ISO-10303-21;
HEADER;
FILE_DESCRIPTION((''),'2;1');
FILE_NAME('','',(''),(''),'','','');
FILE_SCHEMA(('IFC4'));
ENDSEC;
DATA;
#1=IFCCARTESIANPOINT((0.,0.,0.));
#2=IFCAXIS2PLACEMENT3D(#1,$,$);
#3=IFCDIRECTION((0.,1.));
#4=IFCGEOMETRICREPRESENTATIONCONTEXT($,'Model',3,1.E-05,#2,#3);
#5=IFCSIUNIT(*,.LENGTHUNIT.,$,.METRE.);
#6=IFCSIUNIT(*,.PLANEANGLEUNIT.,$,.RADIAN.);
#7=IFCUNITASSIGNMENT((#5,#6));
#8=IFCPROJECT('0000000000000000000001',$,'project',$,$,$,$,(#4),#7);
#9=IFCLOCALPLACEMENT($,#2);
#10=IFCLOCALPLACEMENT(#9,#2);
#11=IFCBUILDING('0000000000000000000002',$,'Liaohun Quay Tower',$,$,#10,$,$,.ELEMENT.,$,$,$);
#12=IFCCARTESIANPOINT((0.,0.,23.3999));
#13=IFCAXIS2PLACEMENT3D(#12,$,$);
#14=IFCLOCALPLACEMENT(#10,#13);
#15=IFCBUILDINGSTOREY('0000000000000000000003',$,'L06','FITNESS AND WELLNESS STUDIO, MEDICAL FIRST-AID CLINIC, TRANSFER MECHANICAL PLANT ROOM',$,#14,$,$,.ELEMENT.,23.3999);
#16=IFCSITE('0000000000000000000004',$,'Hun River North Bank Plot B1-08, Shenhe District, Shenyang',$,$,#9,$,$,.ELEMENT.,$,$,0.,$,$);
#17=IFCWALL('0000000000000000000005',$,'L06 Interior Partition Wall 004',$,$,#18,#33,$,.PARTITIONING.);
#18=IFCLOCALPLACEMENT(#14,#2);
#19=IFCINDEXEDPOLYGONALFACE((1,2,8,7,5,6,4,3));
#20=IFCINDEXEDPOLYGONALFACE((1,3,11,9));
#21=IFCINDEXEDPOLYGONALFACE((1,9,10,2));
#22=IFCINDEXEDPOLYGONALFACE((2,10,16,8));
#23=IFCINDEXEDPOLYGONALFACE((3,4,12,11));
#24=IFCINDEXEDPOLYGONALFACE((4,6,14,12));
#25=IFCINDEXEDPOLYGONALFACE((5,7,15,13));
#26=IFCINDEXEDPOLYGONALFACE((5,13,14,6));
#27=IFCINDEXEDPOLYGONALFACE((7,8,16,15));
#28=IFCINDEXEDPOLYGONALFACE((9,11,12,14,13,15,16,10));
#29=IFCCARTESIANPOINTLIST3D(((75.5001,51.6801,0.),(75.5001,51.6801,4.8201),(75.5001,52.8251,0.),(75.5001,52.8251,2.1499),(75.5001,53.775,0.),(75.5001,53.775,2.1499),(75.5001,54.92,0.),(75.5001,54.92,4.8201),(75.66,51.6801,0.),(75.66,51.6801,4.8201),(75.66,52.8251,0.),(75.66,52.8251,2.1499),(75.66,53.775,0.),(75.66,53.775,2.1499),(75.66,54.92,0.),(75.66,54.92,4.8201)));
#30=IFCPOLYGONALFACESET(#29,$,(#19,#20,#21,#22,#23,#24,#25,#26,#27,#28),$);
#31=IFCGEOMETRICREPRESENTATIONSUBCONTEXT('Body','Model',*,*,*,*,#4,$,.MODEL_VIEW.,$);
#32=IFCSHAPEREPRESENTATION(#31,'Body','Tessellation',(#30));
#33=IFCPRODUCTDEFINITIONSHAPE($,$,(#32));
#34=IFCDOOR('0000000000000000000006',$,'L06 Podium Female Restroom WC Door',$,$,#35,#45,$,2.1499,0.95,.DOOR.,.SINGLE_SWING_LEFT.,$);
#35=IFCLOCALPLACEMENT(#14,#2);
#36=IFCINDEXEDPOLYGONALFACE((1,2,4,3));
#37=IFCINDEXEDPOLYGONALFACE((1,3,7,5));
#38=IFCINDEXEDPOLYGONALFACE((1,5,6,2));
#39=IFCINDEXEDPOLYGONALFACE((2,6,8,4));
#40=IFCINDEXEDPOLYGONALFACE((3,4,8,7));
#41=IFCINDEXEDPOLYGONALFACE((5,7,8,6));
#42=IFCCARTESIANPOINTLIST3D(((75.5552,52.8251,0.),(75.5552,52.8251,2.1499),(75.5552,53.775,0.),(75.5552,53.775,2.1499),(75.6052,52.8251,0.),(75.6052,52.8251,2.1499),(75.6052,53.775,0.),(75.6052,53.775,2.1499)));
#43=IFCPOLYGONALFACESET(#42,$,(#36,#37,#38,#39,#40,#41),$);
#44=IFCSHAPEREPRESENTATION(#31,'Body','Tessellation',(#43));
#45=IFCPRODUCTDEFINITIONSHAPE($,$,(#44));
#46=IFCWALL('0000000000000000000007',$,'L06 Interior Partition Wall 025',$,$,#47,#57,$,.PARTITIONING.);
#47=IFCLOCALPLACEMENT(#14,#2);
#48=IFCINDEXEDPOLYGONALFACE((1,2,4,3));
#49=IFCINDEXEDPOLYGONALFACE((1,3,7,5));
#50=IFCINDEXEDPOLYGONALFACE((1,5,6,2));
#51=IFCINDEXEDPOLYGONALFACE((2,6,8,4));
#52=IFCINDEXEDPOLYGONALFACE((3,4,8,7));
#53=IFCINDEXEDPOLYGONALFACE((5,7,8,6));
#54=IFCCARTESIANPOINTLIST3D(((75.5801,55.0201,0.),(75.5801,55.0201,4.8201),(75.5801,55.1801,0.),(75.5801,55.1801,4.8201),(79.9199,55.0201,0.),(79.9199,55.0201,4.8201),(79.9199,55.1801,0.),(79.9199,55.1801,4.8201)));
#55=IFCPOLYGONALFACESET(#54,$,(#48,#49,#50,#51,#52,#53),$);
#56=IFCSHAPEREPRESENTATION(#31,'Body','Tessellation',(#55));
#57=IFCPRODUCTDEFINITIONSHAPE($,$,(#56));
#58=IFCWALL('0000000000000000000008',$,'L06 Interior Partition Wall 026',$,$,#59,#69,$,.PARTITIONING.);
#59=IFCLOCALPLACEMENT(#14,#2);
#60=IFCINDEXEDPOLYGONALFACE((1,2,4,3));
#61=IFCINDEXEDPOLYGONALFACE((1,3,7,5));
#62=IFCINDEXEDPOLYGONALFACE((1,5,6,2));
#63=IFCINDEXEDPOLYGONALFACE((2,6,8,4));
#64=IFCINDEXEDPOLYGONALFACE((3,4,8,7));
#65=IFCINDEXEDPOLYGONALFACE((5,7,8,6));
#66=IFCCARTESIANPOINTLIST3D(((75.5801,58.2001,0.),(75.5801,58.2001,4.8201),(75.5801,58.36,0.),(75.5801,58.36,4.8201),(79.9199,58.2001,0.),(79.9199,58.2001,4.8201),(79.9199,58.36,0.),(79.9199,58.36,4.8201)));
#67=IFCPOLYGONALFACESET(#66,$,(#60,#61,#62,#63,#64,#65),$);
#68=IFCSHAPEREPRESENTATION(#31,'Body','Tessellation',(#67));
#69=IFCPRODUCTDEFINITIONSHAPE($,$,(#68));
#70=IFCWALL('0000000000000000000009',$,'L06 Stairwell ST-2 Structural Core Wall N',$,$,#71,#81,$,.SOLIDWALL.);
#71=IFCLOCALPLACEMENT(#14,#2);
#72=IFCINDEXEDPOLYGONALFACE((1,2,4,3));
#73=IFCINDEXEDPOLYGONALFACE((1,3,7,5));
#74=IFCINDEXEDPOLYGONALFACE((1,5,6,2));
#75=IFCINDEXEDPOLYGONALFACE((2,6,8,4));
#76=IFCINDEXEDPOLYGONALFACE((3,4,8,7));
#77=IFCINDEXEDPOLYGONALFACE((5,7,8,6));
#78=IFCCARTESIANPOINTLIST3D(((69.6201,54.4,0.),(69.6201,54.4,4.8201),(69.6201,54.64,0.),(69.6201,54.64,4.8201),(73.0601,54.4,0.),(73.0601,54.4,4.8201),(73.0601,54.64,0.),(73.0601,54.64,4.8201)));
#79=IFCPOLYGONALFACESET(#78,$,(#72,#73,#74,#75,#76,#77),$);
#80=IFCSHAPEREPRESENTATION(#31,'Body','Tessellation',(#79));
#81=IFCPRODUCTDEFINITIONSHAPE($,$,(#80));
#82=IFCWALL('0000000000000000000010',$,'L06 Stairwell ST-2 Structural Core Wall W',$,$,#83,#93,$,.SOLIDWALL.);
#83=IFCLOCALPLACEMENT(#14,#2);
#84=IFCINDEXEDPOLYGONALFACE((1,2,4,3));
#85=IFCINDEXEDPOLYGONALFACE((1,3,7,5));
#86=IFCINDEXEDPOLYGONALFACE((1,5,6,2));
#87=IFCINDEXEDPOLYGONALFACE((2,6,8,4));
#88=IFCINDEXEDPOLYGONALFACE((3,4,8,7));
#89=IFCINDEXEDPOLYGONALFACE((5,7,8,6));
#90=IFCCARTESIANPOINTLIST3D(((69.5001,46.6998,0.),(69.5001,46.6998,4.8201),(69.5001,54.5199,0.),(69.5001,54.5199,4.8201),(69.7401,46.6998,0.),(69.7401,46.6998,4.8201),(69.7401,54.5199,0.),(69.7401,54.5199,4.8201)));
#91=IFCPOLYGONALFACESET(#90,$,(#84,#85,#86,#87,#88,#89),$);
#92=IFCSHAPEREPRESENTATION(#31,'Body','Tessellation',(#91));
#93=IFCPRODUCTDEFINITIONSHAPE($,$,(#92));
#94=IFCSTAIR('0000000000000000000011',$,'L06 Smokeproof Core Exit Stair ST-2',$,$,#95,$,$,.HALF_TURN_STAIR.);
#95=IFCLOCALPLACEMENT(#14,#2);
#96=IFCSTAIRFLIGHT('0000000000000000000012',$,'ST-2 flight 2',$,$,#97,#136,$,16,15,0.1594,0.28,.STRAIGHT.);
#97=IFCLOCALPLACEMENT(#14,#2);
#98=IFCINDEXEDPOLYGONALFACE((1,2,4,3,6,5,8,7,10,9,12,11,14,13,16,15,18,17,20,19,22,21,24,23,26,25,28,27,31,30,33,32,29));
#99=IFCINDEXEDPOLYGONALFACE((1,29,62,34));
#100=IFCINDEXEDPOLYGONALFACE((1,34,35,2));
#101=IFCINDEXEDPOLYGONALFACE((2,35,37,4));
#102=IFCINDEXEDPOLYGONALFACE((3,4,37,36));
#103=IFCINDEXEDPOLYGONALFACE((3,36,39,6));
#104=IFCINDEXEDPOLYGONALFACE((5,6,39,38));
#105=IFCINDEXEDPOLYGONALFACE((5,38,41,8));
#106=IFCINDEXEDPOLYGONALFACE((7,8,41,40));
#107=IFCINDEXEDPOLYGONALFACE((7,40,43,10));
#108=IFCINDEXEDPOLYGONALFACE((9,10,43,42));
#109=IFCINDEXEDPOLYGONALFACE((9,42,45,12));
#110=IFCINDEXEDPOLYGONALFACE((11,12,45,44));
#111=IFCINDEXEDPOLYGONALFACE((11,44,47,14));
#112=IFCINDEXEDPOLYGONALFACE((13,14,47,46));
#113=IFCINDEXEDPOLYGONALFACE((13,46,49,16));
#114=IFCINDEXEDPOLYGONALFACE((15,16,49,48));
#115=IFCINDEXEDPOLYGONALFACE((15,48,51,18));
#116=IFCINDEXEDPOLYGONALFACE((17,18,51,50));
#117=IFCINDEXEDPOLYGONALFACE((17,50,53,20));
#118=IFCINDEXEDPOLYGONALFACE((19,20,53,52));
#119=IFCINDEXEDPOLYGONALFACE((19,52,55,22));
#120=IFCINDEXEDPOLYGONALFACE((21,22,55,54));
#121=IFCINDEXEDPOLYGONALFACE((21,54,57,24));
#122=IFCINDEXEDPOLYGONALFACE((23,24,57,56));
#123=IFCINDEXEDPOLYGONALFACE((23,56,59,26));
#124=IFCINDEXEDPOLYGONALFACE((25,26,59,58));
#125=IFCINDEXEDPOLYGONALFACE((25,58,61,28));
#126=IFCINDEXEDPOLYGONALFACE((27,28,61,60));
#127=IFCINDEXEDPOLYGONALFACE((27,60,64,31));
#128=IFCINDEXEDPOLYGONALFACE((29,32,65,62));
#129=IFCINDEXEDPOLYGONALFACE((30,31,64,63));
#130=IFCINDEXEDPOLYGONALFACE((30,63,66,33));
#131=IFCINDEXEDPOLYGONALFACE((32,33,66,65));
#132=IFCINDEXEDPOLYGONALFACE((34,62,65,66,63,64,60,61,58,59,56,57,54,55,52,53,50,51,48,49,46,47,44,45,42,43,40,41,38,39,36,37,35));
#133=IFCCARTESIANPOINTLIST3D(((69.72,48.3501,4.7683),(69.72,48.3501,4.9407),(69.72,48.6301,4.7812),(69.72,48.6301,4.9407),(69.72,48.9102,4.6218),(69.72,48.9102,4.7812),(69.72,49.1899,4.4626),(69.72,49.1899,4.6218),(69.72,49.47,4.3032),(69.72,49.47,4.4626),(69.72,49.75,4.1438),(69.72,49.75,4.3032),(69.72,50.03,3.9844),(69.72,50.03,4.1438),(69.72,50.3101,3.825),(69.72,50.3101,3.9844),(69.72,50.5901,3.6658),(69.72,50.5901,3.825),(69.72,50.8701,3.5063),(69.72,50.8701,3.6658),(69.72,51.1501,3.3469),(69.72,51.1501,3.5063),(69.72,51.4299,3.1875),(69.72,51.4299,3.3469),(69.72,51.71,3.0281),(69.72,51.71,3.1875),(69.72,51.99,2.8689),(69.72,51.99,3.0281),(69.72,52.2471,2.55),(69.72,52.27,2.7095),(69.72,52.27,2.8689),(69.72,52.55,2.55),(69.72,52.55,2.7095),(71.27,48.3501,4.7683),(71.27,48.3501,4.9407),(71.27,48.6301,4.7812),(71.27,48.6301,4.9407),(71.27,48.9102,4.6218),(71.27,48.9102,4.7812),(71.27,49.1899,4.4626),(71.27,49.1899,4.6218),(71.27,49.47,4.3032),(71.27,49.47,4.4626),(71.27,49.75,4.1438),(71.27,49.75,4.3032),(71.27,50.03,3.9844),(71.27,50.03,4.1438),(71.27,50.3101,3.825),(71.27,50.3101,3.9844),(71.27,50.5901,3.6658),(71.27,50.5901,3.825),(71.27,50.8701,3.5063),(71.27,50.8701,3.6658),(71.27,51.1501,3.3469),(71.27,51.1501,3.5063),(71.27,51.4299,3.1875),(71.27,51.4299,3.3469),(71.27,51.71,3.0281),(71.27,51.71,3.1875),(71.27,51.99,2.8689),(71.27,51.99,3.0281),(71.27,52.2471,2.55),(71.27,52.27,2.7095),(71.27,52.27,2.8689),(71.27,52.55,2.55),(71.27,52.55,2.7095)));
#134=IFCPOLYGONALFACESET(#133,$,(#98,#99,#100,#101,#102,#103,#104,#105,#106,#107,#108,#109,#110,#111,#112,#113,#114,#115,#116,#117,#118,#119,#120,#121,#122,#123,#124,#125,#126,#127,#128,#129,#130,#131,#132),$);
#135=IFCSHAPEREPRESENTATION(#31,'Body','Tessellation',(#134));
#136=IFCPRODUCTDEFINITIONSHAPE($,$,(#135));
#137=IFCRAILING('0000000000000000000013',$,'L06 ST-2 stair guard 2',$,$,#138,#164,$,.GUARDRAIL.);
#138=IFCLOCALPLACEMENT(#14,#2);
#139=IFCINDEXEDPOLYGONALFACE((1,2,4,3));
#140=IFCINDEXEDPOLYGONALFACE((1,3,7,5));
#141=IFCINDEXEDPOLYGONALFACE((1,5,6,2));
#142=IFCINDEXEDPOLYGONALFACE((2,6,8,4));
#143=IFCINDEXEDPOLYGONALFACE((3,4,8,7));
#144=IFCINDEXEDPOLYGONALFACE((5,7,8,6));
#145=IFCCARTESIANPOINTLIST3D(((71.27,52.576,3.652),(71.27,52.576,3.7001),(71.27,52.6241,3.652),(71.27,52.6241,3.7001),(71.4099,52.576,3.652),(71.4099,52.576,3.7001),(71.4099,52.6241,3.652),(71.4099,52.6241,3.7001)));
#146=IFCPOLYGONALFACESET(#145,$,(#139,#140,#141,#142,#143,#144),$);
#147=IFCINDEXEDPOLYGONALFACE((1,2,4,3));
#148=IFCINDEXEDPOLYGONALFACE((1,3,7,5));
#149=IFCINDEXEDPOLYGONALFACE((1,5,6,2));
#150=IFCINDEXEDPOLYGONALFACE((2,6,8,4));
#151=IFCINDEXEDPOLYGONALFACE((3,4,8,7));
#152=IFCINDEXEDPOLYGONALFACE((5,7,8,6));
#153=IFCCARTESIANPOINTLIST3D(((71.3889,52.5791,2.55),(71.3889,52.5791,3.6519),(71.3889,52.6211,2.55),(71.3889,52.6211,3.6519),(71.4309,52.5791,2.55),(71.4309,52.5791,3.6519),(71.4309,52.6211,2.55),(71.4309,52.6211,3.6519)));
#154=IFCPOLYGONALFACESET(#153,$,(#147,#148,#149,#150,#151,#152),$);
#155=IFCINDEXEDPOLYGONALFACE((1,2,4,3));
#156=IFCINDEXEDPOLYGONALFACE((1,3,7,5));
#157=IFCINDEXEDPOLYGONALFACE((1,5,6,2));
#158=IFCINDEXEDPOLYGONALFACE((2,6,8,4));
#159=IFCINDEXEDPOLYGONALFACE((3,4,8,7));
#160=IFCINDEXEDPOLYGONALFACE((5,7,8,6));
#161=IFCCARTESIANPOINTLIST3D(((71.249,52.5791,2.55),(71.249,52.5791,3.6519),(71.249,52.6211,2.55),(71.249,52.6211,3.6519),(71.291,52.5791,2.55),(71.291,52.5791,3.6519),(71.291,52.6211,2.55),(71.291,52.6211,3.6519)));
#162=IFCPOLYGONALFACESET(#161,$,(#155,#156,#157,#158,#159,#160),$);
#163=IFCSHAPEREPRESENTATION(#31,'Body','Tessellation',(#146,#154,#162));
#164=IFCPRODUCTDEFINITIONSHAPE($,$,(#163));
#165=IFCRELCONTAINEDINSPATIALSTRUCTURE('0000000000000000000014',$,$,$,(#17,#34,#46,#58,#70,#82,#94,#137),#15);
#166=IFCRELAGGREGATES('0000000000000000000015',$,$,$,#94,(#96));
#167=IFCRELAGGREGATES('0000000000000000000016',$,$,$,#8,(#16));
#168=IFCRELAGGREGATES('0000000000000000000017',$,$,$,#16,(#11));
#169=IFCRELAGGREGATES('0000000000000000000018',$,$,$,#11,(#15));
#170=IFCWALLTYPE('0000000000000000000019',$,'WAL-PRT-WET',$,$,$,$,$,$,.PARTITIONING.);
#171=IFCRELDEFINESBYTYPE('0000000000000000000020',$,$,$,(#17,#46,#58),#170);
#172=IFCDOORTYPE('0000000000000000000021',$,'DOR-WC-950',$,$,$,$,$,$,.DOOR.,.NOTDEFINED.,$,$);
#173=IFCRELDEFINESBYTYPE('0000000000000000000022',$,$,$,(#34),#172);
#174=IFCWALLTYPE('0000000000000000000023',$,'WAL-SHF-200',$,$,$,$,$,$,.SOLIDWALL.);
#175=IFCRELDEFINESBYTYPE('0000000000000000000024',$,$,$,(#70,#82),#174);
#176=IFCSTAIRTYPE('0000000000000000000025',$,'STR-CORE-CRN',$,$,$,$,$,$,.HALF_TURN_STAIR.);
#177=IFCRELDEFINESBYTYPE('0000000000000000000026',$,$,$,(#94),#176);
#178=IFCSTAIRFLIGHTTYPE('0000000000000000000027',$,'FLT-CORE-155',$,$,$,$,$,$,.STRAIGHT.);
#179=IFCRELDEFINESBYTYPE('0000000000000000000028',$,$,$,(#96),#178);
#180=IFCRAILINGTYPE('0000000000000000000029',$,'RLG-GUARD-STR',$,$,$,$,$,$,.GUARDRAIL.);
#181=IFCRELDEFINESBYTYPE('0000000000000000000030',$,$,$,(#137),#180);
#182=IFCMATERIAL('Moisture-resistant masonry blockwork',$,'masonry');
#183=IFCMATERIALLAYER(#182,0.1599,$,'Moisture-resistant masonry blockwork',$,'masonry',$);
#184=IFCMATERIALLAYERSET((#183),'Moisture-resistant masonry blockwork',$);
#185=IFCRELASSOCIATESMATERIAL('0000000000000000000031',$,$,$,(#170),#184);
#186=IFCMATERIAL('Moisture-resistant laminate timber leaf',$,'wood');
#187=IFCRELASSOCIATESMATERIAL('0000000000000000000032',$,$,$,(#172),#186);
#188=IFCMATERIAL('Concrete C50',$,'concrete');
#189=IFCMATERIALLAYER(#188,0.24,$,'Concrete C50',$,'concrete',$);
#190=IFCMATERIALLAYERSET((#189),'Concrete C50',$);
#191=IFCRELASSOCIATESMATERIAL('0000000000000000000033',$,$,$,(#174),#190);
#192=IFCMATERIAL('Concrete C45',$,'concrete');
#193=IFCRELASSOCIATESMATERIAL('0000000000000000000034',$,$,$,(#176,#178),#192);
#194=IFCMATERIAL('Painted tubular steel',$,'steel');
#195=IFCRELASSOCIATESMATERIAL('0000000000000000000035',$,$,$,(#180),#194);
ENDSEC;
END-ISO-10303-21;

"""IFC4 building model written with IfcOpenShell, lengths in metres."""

from ifc_helpers import new_model, si_unit, direction, frame, frame_2d, origin, origin_2d, place, context, subcontext, project, spatial, polyline, rectangle, outline, extrude, source, transform, mapped, material, layer, layer_set, type_object, element, fill, aggregate, save


model = new_model("IFC4")

# Units and contexts
model_context = context("Model", 3, precision=1e-05, world=origin(), true_north=direction((0.0, 1.0)))
body_context = subcontext(model_context, "Body", "Model", "MODEL_VIEW")
ifc_project = project(units=[si_unit("LENGTHUNIT", "METRE"), si_unit("PLANEANGLEUNIT", "RADIAN")], contexts=[model_context])

# Site, building, storey
site_placement = place(None, origin())
site = spatial("IfcSite", under=ifc_project, at=site_placement, Name="Hun River North Bank Plot B1-08, Shenhe District, Shenyang", CompositionType="ELEMENT", RefElevation=0.0)
building_placement = place(site_placement, origin())
building = spatial("IfcBuilding", under=site, at=building_placement, Name="Liaohun Quay Tower", CompositionType="ELEMENT")
storey_placement = place(building_placement, frame((0.0, 0.0, 23.3999)))
storey = spatial("IfcBuildingStorey", under=building, at=storey_placement, Name="L06", Description="FITNESS AND WELLNESS STUDIO, MEDICAL FIRST-AID CLINIC, TRANSFER MECHANICAL PLANT ROOM", CompositionType="ELEMENT", Elevation=23.3999)

# Wall, opening, door
ifc_material_1 = material(Name="Moisture-resistant masonry blockwork", Category="masonry")
ifc_layer_1 = layer(ifc_material_1, 0.1599, Name="Moisture-resistant masonry blockwork", Category="masonry")
ifc_layer_set_1 = layer_set([ifc_layer_1], Name="Moisture-resistant masonry blockwork")
wall_type_1 = type_object("IfcWallType", Name="WAL-PRT-WET", PredefinedType="PARTITIONING", material=ifc_layer_set_1)
wall_1_placement = place(storey_placement, frame((75.5801, 51.6799, 0.0), z_axis=(0.0, 0.0, 1.0), x_axis=(0.0, 1.0, 0.0)))
wall_1 = element("IfcWall", 1, at=wall_1_placement, inside=storey, type_object=wall_type_1, Name="L06 Interior Partition Wall 004", PredefinedType="PARTITIONING", context=body_context, shape_type="SweptSolid", body=[
    extrude(rectangle(XDim=3.24, YDim=0.1599, at=frame_2d((1.6201, 0.0))), origin(), (0.0, 0.0, 1.0), 4.8201),
])
shared_shape_1 = source(origin(), body_context, "Body", "SweptSolid", [
    extrude(rectangle(XDim=0.95, YDim=2.1499, at=frame_2d((0.4751, 1.075))), frame((0.0, 0.0898, 0.0), z_axis=(0.0, -1.0, 0.0), x_axis=(1.0, 0.0, 0.0)), (0.0, 0.0, 1.0), 0.1799),
])
opening_1_placement = place(wall_1_placement, frame((1.145, 0.0, 0.0)))
opening_1 = element("IfcOpeningElement", 2, at=opening_1_placement, cuts=wall_1, PredefinedType="OPENING", context=body_context, shape_type="MappedRepresentation", body=[
    mapped(shared_shape_1, transform((0.0, 0.0, 0.0), x_axis=(1.0, 0.0, 0.0), y_axis=(0.0, 1.0, 0.0), z_axis=(0.0, 0.0, 1.0), scale=1.0)),
])
ifc_material_2 = material(Name="Moisture-resistant laminate timber leaf", Category="wood")
door_type_1 = type_object("IfcDoorType", Name="DOR-WC-950", OperationType="NOTDEFINED", PredefinedType="DOOR", material=ifc_material_2)
shared_shape_2 = source(origin(), body_context, "Body", "SweptSolid", [
    extrude(rectangle(XDim=0.95, YDim=2.1499, at=frame_2d((0.4751, 1.075))), frame((0.0, 0.0249, 0.0), z_axis=(0.0, -1.0, 0.0), x_axis=(1.0, 0.0, 0.0)), (0.0, 0.0, 1.0), 0.05),
])
door_1_placement = place(opening_1_placement, origin())
door_1 = element("IfcDoor", 3, at=door_1_placement, inside=storey, type_object=door_type_1, Name="L06 Podium Female Restroom WC Door", OperationType="SINGLE_SWING_LEFT", OverallHeight=2.1499, OverallWidth=0.95, PredefinedType="DOOR", context=body_context, shape_type="MappedRepresentation", body=[
    mapped(shared_shape_2, transform((0.0, 0.0, 0.0), x_axis=(1.0, 0.0, 0.0), y_axis=(0.0, 1.0, 0.0), z_axis=(0.0, 0.0, 1.0), scale=1.0)),
])
fill(opening_1, door_1)

# Walls
for number, where, z_axis, x_axis, name in (
    (4, (75.5801, 55.1001, 0.0), (0.0, 0.0, 1.0), (1.0, 0.0, 0.0), "L06 Interior Partition Wall 025"),
    (5, (75.5801, 58.28, 0.0), (0.0, 0.0, 1.0), (1.0, 0.0, 0.0), "L06 Interior Partition Wall 026"),
):
    element("IfcWall", number, at=place(storey_placement, frame(where, z_axis=z_axis, x_axis=x_axis)), inside=storey, type_object=wall_type_1, Name=name, PredefinedType="PARTITIONING", context=body_context, shape_type="SweptSolid", body=[
        extrude(rectangle(XDim=4.3398, YDim=0.1599, at=frame_2d((2.1699, 0.0))), origin(), (0.0, 0.0, 1.0), 4.8201),
    ])
ifc_material_3 = material(Name="Concrete C50", Category="concrete")
ifc_layer_2 = layer(ifc_material_3, 0.24, Name="Concrete C50", Category="concrete")
ifc_layer_set_2 = layer_set([ifc_layer_2], Name="Concrete C50")
wall_type_2 = type_object("IfcWallType", Name="WAL-SHF-200", PredefinedType="SOLIDWALL", material=ifc_layer_set_2)
wall_2_placement = place(storey_placement, frame((73.0601, 54.52, 0.0), z_axis=(0.0, 0.0, 1.0), x_axis=(-1.0, 0.0, 0.0)))
element("IfcWall", 6, at=wall_2_placement, inside=storey, type_object=wall_type_2, Name="L06 Stairwell ST-2 Structural Core Wall N", PredefinedType="SOLIDWALL", context=body_context, shape_type="SweptSolid", body=[
    extrude(rectangle(XDim=3.4399, YDim=0.24, at=frame_2d((1.72, 0.0))), origin(), (0.0, 0.0, 1.0), 4.8201),
])
wall_3_placement = place(storey_placement, frame((69.6201, 54.52, 0.0), z_axis=(0.0, 0.0, 1.0), x_axis=(0.0, -1.0, 0.0)))
element("IfcWall", 7, at=wall_3_placement, inside=storey, type_object=wall_type_2, Name="L06 Stairwell ST-2 Structural Core Wall W", PredefinedType="SOLIDWALL", context=body_context, shape_type="SweptSolid", body=[
    extrude(rectangle(XDim=7.8201, YDim=0.24, at=frame_2d((3.9102, 0.0))), origin(), (0.0, 0.0, 1.0), 4.8201),
])

# Stair, stair flight
ifc_material_4 = material(Name="Concrete C45", Category="concrete")
stair_type = type_object("IfcStairType", Name="STR-CORE-CRN", PredefinedType="HALF_TURN_STAIR", material=ifc_material_4)
stair_placement = place(storey_placement, origin())
stair = element("IfcStair", 8, at=stair_placement, inside=storey, type_object=stair_type, Name="L06 Smokeproof Core Exit Stair ST-2", PredefinedType="HALF_TURN_STAIR")
stair_flight_type = type_object("IfcStairFlightType", Name="FLT-CORE-155", PredefinedType="STRAIGHT", material=ifc_material_4)
stair_flight_placement = place(storey_placement, frame((70.4951, 52.55, 2.55), z_axis=(0.0, 0.0, 1.0), x_axis=(0.0, -1.0, 0.0)))
stair_flight = element("IfcStairFlight", 9, at=stair_flight_placement, type_object=stair_flight_type, Name="ST-2 flight 2", NumberOfRisers=16, NumberOfTreads=15, PredefinedType="STRAIGHT", RiserHeight=0.1594, TreadLength=0.28, context=body_context, shape_type="SweptSolid", body=[
    extrude(outline(polyline([(0.0, 0.0), (0.0, 0.1594), (0.28, 0.1594), (0.28, 0.3188), (0.5601, 0.3188), (0.5601, 0.478), (0.8401, 0.478), (0.8401, 0.6375), (1.1201, 0.6375), (1.1201, 0.7969), (1.3999, 0.7969), (1.3999, 0.9563), (1.6799, 0.9563), (1.6799, 1.1157), (1.96, 1.1157), (1.96, 1.2749), (2.24, 1.2749), (2.24, 1.4343), (2.52, 1.4343), (2.52, 1.5938), (2.8, 1.5938), (2.8, 1.7532), (3.0801, 1.7532), (3.0801, 1.9126), (3.3601, 1.9126), (3.3601, 2.0718), (3.6399, 2.0718), (3.6399, 2.2312), (3.9199, 2.2312), (3.9199, 2.3906), (4.2, 2.3906), (4.2, 2.55), (4.2, 2.2183), (0.303, 0.0), (0.0, 0.0)])), frame((0.0, 0.7749, 0.0), z_axis=(0.0, -1.0, 0.0), x_axis=(1.0, 0.0, 0.0)), (0.0, 0.0, 1.0), 1.55),
])
aggregate(stair, [stair_flight])

# Railing
ifc_material_5 = material(Name="Painted tubular steel", Category="steel")
railing_type_1 = type_object("IfcRailingType", Name="RLG-GUARD-STR", PredefinedType="GUARDRAIL", material=ifc_material_5)
railing_1_placement = place(storey_placement, frame((71.4099, 52.6001, 2.55)))
element("IfcRailing", 10, at=railing_1_placement, inside=storey, type_object=railing_type_1, Name="L06 ST-2 stair guard 2", PredefinedType="GUARDRAIL", context=body_context, shape_type="SweptSolid", body=[
    extrude(rectangle(XDim=0.0481, YDim=0.0481, at=origin_2d()), frame((0.0, 0.0, 1.126), z_axis=(-1.0, 0.0, 0.0), x_axis=(0.0, -1.0, 0.0)), (0.0, 0.0, 1.0), 0.1399),
    extrude(rectangle(XDim=0.042, YDim=0.042, at=origin_2d()), origin(), (0.0, 0.0, 1.0), 1.1018),
    extrude(rectangle(XDim=0.042, YDim=0.042, at=origin_2d()), frame((-0.1399, 0.0, 0.0)), (0.0, 0.0, 1.0), 1.1018),
])

save(model, "model.ifc")
